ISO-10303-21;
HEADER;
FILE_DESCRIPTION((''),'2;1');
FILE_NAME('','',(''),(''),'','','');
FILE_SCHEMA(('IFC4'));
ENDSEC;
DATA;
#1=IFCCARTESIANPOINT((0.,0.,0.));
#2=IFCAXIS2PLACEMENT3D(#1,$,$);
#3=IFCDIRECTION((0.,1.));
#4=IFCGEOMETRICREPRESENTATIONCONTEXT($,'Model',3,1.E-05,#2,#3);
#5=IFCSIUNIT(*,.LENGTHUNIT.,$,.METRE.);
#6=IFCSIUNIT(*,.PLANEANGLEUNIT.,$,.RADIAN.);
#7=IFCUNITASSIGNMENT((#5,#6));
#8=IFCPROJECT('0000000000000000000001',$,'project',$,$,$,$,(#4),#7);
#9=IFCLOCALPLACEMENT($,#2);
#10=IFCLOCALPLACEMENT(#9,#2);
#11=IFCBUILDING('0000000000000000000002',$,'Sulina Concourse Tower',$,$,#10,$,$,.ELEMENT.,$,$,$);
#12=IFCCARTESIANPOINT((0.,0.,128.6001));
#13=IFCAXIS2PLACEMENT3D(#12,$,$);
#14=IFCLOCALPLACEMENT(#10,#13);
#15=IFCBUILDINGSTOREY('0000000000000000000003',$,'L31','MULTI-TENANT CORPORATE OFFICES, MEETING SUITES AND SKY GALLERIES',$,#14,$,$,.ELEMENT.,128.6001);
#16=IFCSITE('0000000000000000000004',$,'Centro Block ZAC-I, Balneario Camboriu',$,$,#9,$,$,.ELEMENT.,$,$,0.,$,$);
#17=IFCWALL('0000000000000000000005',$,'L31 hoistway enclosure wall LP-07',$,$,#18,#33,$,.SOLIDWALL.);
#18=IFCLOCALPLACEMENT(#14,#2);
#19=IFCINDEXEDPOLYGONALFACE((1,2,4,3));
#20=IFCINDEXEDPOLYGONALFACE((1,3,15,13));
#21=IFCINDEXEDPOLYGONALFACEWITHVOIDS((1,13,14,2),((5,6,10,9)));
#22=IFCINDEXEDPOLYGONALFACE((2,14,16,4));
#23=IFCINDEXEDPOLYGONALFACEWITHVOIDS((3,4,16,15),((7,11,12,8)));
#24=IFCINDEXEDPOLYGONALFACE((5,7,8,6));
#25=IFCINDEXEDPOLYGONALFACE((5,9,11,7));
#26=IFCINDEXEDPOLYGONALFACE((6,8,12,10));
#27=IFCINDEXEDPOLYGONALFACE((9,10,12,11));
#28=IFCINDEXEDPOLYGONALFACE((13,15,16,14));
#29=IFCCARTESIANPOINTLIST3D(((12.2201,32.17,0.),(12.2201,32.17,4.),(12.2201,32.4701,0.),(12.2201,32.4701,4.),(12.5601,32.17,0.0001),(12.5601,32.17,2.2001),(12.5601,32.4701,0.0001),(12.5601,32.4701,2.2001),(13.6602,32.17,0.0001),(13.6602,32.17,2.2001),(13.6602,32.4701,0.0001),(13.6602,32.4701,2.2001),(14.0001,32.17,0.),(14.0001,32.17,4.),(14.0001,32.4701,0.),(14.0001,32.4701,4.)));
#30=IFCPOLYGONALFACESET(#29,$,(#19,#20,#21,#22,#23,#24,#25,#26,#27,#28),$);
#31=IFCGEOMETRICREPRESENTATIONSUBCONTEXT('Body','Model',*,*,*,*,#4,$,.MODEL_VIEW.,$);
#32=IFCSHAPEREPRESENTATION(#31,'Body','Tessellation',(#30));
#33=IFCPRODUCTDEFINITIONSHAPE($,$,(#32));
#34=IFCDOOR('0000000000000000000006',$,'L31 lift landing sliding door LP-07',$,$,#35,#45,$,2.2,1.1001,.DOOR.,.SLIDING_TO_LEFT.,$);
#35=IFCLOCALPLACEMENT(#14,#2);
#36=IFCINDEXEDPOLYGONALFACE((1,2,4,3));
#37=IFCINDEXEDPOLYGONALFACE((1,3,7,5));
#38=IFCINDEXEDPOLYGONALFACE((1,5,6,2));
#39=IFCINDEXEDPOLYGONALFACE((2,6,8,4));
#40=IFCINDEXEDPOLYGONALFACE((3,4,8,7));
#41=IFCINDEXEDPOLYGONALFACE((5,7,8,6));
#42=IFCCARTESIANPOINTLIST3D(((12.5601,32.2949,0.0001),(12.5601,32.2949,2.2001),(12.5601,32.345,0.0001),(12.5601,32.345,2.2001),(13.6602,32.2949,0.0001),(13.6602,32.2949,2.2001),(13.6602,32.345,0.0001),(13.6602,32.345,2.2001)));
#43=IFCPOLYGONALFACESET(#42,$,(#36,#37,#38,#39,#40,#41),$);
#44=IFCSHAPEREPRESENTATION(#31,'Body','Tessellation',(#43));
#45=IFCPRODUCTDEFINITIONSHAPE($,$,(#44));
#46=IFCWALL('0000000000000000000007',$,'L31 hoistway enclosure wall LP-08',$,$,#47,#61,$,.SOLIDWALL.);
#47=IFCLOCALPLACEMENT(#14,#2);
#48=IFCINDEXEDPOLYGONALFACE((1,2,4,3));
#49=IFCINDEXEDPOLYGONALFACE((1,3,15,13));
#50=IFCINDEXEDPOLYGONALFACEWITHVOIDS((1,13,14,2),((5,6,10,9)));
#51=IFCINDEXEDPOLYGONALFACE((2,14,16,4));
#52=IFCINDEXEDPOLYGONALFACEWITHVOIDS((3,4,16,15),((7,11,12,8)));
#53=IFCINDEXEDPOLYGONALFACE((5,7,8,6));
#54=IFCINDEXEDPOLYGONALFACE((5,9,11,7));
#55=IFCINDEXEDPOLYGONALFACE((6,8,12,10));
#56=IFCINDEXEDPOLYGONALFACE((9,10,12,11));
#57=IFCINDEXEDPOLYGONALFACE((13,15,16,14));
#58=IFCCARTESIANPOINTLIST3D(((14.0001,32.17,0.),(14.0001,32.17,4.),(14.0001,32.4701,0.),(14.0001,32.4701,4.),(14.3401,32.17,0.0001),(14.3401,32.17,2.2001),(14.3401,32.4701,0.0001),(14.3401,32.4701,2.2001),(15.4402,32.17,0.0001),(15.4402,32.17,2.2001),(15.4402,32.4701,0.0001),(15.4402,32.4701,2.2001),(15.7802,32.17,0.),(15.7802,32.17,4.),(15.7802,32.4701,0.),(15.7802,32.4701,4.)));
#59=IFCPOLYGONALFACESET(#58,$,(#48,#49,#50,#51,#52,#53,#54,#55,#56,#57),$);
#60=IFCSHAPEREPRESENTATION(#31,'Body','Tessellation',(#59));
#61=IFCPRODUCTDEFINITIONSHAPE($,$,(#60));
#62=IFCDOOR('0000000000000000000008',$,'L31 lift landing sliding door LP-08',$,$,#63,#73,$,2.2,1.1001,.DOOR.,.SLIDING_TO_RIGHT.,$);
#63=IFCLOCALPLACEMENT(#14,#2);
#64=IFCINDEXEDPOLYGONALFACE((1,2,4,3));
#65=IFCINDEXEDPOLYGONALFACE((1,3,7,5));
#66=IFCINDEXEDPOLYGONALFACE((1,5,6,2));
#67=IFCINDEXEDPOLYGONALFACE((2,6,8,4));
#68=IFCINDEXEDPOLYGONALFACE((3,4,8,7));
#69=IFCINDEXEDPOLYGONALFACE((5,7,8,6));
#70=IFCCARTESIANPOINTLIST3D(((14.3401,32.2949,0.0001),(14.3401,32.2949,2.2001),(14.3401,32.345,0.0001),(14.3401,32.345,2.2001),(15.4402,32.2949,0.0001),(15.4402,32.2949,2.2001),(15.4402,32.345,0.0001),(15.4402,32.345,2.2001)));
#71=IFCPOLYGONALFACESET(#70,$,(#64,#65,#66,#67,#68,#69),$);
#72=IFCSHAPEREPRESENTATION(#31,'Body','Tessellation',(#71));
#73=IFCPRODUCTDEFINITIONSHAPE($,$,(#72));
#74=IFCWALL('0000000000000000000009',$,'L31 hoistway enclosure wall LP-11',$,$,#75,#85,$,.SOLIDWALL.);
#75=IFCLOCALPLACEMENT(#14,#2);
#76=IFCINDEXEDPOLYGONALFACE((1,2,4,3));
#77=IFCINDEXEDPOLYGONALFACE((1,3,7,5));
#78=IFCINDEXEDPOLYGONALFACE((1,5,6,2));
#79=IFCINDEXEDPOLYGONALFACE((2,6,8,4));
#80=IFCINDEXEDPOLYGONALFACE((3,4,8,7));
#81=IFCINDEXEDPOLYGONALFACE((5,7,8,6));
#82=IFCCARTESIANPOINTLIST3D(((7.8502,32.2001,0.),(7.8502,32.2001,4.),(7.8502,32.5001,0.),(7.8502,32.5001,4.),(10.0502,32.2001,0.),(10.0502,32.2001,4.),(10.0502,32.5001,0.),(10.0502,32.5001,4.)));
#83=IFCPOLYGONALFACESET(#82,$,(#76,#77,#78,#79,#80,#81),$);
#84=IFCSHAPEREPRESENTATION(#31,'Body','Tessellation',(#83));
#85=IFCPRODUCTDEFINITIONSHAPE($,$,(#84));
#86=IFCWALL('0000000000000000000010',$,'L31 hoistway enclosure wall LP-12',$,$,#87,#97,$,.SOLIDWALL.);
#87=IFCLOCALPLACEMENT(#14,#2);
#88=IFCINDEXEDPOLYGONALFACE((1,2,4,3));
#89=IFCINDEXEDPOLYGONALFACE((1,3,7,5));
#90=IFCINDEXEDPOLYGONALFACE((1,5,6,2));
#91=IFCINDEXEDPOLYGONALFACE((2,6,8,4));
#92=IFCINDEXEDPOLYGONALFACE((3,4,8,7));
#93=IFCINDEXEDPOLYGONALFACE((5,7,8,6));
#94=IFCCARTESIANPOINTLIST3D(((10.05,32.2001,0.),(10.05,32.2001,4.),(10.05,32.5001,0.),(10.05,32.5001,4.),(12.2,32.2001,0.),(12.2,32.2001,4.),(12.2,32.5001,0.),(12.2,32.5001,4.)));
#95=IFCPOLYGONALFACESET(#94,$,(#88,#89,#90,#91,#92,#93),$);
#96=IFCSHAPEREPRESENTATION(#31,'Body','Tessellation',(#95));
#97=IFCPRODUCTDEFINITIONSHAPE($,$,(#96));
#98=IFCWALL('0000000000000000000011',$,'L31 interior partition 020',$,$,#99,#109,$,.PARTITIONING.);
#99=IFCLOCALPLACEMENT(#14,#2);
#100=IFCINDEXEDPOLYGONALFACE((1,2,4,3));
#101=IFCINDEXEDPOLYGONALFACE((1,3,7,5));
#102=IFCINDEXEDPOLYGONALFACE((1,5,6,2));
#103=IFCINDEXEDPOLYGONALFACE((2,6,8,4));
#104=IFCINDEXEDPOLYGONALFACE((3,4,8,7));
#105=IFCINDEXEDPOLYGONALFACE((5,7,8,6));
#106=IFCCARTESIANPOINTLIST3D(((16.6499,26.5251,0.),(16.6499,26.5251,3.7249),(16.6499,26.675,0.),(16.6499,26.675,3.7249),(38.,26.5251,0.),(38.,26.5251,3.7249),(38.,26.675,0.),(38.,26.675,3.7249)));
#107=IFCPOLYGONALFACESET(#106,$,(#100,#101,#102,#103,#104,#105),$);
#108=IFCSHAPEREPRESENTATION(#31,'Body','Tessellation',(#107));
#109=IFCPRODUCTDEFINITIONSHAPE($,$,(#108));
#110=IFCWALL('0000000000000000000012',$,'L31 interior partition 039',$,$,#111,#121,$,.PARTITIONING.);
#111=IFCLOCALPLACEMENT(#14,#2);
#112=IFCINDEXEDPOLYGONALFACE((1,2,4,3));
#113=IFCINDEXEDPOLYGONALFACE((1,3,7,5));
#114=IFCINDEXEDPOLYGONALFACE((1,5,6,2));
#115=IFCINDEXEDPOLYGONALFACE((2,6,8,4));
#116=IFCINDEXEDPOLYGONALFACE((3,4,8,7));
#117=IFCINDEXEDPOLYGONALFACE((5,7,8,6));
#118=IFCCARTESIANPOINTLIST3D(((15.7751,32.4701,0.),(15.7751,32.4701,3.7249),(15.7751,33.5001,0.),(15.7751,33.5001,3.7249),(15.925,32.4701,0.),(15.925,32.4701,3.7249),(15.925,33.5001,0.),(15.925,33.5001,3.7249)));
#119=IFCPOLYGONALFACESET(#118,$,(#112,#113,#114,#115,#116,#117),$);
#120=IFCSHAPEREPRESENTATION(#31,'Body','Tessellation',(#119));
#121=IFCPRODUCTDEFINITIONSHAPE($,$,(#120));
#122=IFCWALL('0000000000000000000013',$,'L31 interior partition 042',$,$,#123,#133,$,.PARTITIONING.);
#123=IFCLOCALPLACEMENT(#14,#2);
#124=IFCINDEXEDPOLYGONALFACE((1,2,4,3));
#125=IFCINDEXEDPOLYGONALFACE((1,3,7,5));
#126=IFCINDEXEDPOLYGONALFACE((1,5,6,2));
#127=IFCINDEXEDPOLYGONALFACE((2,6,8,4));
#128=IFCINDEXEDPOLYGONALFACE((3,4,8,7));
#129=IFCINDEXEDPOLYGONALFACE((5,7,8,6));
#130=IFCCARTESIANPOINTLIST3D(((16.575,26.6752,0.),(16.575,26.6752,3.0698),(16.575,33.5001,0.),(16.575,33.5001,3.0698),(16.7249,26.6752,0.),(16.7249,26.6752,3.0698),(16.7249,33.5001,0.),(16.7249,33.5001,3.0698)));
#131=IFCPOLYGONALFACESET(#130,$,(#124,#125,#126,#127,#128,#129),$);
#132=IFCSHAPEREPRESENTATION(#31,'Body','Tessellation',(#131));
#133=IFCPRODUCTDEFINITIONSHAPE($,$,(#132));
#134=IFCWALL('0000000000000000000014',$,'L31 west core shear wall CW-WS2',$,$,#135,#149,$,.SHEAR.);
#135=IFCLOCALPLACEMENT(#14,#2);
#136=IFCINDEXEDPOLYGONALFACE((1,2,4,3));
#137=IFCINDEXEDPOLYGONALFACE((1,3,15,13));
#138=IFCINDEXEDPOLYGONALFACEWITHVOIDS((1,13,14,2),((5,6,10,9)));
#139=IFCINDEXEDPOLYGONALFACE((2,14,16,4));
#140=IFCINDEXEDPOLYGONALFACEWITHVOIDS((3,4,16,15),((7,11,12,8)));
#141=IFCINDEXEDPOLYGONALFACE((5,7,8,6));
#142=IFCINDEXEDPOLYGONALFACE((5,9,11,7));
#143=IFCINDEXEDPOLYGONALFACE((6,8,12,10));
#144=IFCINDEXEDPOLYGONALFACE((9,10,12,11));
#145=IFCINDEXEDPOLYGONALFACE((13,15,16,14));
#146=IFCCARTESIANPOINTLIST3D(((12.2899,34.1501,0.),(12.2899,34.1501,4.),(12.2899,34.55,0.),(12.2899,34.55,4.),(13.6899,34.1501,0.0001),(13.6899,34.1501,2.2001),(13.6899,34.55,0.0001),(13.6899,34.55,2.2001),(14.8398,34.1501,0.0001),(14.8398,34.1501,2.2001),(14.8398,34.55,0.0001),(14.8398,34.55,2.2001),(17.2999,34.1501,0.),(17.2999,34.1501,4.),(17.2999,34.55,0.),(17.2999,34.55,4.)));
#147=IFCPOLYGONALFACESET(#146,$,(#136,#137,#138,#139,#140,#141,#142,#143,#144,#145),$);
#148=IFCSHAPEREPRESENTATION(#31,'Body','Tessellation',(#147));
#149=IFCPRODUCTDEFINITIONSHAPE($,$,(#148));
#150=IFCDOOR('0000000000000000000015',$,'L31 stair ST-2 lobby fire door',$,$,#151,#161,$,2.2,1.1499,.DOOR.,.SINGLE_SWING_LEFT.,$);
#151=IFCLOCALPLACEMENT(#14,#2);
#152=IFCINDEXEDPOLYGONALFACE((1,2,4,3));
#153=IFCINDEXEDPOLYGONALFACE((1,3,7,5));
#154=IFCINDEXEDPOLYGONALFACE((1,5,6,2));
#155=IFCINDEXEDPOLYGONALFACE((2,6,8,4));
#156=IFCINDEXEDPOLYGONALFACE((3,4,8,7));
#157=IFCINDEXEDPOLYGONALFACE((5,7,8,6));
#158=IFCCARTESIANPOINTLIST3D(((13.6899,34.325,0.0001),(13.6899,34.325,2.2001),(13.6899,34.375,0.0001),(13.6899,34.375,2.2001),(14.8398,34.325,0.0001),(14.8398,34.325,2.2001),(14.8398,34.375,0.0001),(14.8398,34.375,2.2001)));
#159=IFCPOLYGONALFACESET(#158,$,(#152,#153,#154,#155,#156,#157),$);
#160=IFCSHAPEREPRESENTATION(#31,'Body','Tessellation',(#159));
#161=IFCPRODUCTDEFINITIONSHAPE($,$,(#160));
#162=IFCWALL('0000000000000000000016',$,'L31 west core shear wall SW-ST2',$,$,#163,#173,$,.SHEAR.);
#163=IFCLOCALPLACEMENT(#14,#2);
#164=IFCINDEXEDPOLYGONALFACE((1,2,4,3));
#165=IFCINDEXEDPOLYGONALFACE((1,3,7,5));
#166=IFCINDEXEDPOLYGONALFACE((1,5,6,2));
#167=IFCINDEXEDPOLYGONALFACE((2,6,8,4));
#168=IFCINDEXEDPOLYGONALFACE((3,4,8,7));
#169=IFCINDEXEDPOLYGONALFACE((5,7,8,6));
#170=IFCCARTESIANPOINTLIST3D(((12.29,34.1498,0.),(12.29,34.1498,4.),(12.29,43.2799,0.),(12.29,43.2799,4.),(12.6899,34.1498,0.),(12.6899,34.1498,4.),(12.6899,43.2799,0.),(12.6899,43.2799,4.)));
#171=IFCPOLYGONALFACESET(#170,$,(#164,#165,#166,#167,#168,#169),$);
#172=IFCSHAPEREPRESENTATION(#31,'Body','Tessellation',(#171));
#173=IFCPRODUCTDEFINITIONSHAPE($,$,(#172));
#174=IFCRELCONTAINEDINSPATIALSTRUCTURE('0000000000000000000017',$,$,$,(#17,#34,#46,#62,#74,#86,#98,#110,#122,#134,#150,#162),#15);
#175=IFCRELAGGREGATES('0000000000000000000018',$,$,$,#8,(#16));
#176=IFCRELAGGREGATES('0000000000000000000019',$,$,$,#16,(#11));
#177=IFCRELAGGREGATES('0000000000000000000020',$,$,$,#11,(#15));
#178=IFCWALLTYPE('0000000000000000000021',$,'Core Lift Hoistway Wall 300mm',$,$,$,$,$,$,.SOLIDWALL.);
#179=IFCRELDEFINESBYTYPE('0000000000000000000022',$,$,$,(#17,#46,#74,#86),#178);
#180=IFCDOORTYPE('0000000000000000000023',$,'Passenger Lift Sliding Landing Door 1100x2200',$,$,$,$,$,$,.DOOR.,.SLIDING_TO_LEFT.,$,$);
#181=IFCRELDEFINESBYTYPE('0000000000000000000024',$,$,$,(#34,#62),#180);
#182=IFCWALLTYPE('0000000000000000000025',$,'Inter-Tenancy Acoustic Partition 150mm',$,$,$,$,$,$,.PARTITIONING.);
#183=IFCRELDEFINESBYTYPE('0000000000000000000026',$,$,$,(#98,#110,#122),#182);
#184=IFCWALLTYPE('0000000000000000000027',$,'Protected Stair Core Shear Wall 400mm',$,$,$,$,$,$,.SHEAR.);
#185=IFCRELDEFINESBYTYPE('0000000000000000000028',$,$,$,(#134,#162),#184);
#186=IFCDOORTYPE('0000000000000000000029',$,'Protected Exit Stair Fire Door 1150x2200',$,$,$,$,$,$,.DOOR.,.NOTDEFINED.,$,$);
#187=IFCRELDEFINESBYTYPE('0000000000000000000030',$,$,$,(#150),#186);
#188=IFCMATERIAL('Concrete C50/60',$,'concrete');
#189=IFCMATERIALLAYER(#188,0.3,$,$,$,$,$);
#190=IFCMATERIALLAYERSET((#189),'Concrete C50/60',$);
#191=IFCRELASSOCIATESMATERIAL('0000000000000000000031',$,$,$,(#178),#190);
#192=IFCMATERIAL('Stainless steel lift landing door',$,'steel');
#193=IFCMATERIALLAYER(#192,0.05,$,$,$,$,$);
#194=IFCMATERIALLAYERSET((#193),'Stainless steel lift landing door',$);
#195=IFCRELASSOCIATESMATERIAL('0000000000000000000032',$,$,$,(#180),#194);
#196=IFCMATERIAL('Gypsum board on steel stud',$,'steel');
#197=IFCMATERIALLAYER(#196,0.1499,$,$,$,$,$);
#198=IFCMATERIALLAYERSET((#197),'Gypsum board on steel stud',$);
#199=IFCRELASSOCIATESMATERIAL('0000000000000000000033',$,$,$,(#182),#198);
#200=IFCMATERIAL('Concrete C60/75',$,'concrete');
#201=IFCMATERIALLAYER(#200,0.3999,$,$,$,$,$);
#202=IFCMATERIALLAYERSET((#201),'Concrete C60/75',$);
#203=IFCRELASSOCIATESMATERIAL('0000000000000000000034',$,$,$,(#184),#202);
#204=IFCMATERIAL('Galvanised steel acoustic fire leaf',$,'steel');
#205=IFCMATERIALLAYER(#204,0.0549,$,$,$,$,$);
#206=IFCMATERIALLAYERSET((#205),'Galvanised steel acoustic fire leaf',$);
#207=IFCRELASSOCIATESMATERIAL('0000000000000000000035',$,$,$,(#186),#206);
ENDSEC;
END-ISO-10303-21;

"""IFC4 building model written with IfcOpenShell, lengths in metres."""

from ifc_helpers import new_model, si_unit, direction, frame, frame_2d, origin, place, context, subcontext, project, spatial, rectangle, extrude, material, layer, layer_set, type_object, element, fill, save


model = new_model("IFC4")

# Units and contexts
model_context = context("Model", 3, precision=1e-05, world=origin(), true_north=direction((0.0, 1.0)))
body_context = subcontext(model_context, "Body", "Model", "MODEL_VIEW")
ifc_project = project(units=[si_unit("LENGTHUNIT", "METRE"), si_unit("PLANEANGLEUNIT", "RADIAN")], contexts=[model_context])

# Site, building, storey
site_placement = place(None, origin())
site = spatial("IfcSite", under=ifc_project, at=site_placement, Name="Centro Block ZAC-I, Balneario Camboriu", CompositionType="ELEMENT", RefElevation=0.0)
building_placement = place(site_placement, origin())
building = spatial("IfcBuilding", under=site, at=building_placement, Name="Sulina Concourse Tower", CompositionType="ELEMENT")
storey_placement = place(building_placement, frame((0.0, 0.0, 128.6001)))
storey = spatial("IfcBuildingStorey", under=building, at=storey_placement, Name="L31", Description="MULTI-TENANT CORPORATE OFFICES, MEETING SUITES AND SKY GALLERIES", CompositionType="ELEMENT", Elevation=128.6001)

# Walls, openings, doors
ifc_material_1 = material(Name="Concrete C50/60", Category="concrete")
ifc_layer_1 = layer(ifc_material_1, 0.3)
ifc_layer_set_1 = layer_set([ifc_layer_1], Name="Concrete C50/60")
wall_type_1 = type_object("IfcWallType", Name="Core Lift Hoistway Wall 300mm", PredefinedType="SOLIDWALL", material=ifc_layer_set_1)
ifc_material_2 = material(Name="Stainless steel lift landing door", Category="steel")
ifc_layer_2 = layer(ifc_material_2, 0.05)
ifc_layer_set_2 = layer_set([ifc_layer_2], Name="Stainless steel lift landing door")
door_type_1 = type_object("IfcDoorType", Name="Passenger Lift Sliding Landing Door 1100x2200", OperationType="SLIDING_TO_LEFT", PredefinedType="DOOR", material=ifc_layer_set_2)
wall_1_placement = place(storey_placement, frame((12.22, 32.3201, 0.0), z_axis=(0.0, 0.0, 1.0), x_axis=(1.0, 0.0, 0.0)))
wall_1 = element("IfcWall", 1, at=wall_1_placement, inside=storey, type_object=wall_type_1, Name="L31 hoistway enclosure wall LP-07", PredefinedType="SOLIDWALL", context=body_context, shape_type="SweptSolid", body=[
    extrude(rectangle(XDim=1.78, YDim=0.3, at=frame_2d((0.8901, 0.0))), origin(), (0.0, 0.0, 1.0), 4.0),
])
opening_1_placement = place(wall_1_placement, frame((0.3401, 0.0, 0.0)))
opening_1 = element("IfcOpeningElement", 2, at=opening_1_placement, cuts=wall_1, PredefinedType="OPENING", context=body_context, shape_type="SweptSolid", body=[
    extrude(rectangle(XDim=1.1001, YDim=2.2, at=frame_2d((0.55, 1.1001))), frame((0.0, 0.1599, 0.0), z_axis=(0.0, -1.0, 0.0), x_axis=(1.0, 0.0, 0.0)), (0.0, 0.0, 1.0), 0.3201),
])
door_1_placement = place(opening_1_placement, origin())
door_1 = element("IfcDoor", 3, at=door_1_placement, inside=storey, type_object=door_type_1, Name="L31 lift landing sliding door LP-07", OperationType="SLIDING_TO_LEFT", OverallHeight=2.2, OverallWidth=1.1001, PredefinedType="DOOR", context=body_context, shape_type="SweptSolid", body=[
    extrude(rectangle(XDim=1.1001, YDim=2.2, at=frame_2d((0.55, 1.1001))), frame((0.0, 0.0249, 0.0), z_axis=(0.0, -1.0, 0.0), x_axis=(1.0, 0.0, 0.0)), (0.0, 0.0, 1.0), 0.05),
])
fill(opening_1, door_1)
wall_2_placement = place(storey_placement, frame((14.0, 32.3201, 0.0), z_axis=(0.0, 0.0, 1.0), x_axis=(1.0, 0.0, 0.0)))
wall_2 = element("IfcWall", 4, at=wall_2_placement, inside=storey, type_object=wall_type_1, Name="L31 hoistway enclosure wall LP-08", PredefinedType="SOLIDWALL", context=body_context, shape_type="SweptSolid", body=[
    extrude(rectangle(XDim=1.78, YDim=0.3, at=frame_2d((0.8901, 0.0))), origin(), (0.0, 0.0, 1.0), 4.0),
])
opening_2_placement = place(wall_2_placement, frame((0.3401, 0.0, 0.0)))
opening_2 = element("IfcOpeningElement", 5, at=opening_2_placement, cuts=wall_2, PredefinedType="OPENING", context=body_context, shape_type="SweptSolid", body=[
    extrude(rectangle(XDim=1.1001, YDim=2.2, at=frame_2d((0.55, 1.1001))), frame((0.0, 0.1599, 0.0), z_axis=(0.0, -1.0, 0.0), x_axis=(1.0, 0.0, 0.0)), (0.0, 0.0, 1.0), 0.3201),
])
door_2_placement = place(opening_2_placement, origin())
door_2 = element("IfcDoor", 6, at=door_2_placement, inside=storey, type_object=door_type_1, Name="L31 lift landing sliding door LP-08", OperationType="SLIDING_TO_RIGHT", OverallHeight=2.2, OverallWidth=1.1001, PredefinedType="DOOR", context=body_context, shape_type="SweptSolid", body=[
    extrude(rectangle(XDim=1.1001, YDim=2.2, at=frame_2d((0.55, 1.1001))), frame((0.0, 0.0249, 0.0), z_axis=(0.0, -1.0, 0.0), x_axis=(1.0, 0.0, 0.0)), (0.0, 0.0, 1.0), 0.05),
])
fill(opening_2, door_2)

# Walls
wall_3_placement = place(storey_placement, frame((7.8501, 32.3501, 0.0), z_axis=(0.0, 0.0, 1.0), x_axis=(1.0, 0.0, 0.0)))
element("IfcWall", 7, at=wall_3_placement, inside=storey, type_object=wall_type_1, Name="L31 hoistway enclosure wall LP-11", PredefinedType="SOLIDWALL", context=body_context, shape_type="SweptSolid", body=[
    extrude(rectangle(XDim=2.2, YDim=0.3, at=frame_2d((1.1001, 0.0))), origin(), (0.0, 0.0, 1.0), 4.0),
])
wall_4_placement = place(storey_placement, frame((10.05, 32.3501, 0.0), z_axis=(0.0, 0.0, 1.0), x_axis=(1.0, 0.0, 0.0)))
element("IfcWall", 8, at=wall_4_placement, inside=storey, type_object=wall_type_1, Name="L31 hoistway enclosure wall LP-12", PredefinedType="SOLIDWALL", context=body_context, shape_type="SweptSolid", body=[
    extrude(rectangle(XDim=2.1499, YDim=0.3, at=frame_2d((1.075, 0.0))), origin(), (0.0, 0.0, 1.0), 4.0),
])
ifc_material_3 = material(Name="Gypsum board on steel stud", Category="steel")
ifc_layer_3 = layer(ifc_material_3, 0.1499)
ifc_layer_set_3 = layer_set([ifc_layer_3], Name="Gypsum board on steel stud")
wall_type_2 = type_object("IfcWallType", Name="Inter-Tenancy Acoustic Partition 150mm", PredefinedType="PARTITIONING", material=ifc_layer_set_3)
wall_5_placement = place(storey_placement, frame((16.6499, 26.6001, 0.0), z_axis=(0.0, 0.0, 1.0), x_axis=(1.0, 0.0, 0.0)))
element("IfcWall", 9, at=wall_5_placement, inside=storey, type_object=wall_type_2, Name="L31 interior partition 020", PredefinedType="PARTITIONING", context=body_context, shape_type="SweptSolid", body=[
    extrude(rectangle(XDim=21.3501, YDim=0.1499, at=frame_2d((10.675, 0.0))), origin(), (0.0, 0.0, 1.0), 3.7249),
])
wall_6_placement = place(storey_placement, frame((15.8501, 32.47, 0.0), z_axis=(0.0, 0.0, 1.0), x_axis=(0.0, 1.0, 0.0)))
element("IfcWall", 10, at=wall_6_placement, inside=storey, type_object=wall_type_2, Name="L31 interior partition 039", PredefinedType="PARTITIONING", context=body_context, shape_type="SweptSolid", body=[
    extrude(rectangle(XDim=1.03, YDim=0.1499, at=frame_2d((0.5151, 0.0))), origin(), (0.0, 0.0, 1.0), 3.7249),
])
wall_7_placement = place(storey_placement, frame((16.6499, 26.675, 0.0), z_axis=(0.0, 0.0, 1.0), x_axis=(0.0, 1.0, 0.0)))
element("IfcWall", 11, at=wall_7_placement, inside=storey, type_object=wall_type_2, Name="L31 interior partition 042", PredefinedType="PARTITIONING", context=body_context, shape_type="SweptSolid", body=[
    extrude(rectangle(XDim=6.825, YDim=0.1499, at=frame_2d((3.4126, 0.0))), origin(), (0.0, 0.0, 1.0), 3.0698),
])

# Wall, opening, door
ifc_material_4 = material(Name="Concrete C60/75", Category="concrete")
ifc_layer_4 = layer(ifc_material_4, 0.3999)
ifc_layer_set_4 = layer_set([ifc_layer_4], Name="Concrete C60/75")
wall_type_3 = type_object("IfcWallType", Name="Protected Stair Core Shear Wall 400mm", PredefinedType="SHEAR", material=ifc_layer_set_4)
wall_8_placement = place(storey_placement, frame((12.29, 34.3501, 0.0), z_axis=(0.0, 0.0, 1.0), x_axis=(1.0, 0.0, 0.0)))
wall_8 = element("IfcWall", 12, at=wall_8_placement, inside=storey, type_object=wall_type_3, Name="L31 west core shear wall CW-WS2", PredefinedType="SHEAR", context=body_context, shape_type="SweptSolid", body=[
    extrude(rectangle(XDim=5.01, YDim=0.3999, at=frame_2d((2.5049, 0.0))), origin(), (0.0, 0.0, 1.0), 4.0),
])
opening_3_placement = place(wall_8_placement, frame((1.3999, 0.0, 0.0)))
opening_3 = element("IfcOpeningElement", 13, at=opening_3_placement, cuts=wall_8, PredefinedType="OPENING", context=body_context, shape_type="SweptSolid", body=[
    extrude(rectangle(XDim=1.1499, YDim=2.2, at=frame_2d((0.575, 1.1001))), frame((0.0, 0.21, 0.0), z_axis=(0.0, -1.0, 0.0), x_axis=(1.0, 0.0, 0.0)), (0.0, 0.0, 1.0), 0.4199),
])
ifc_material_5 = material(Name="Galvanised steel acoustic fire leaf", Category="steel")
ifc_layer_5 = layer(ifc_material_5, 0.0549)
ifc_layer_set_5 = layer_set([ifc_layer_5], Name="Galvanised steel acoustic fire leaf")
door_type_2 = type_object("IfcDoorType", Name="Protected Exit Stair Fire Door 1150x2200", OperationType="NOTDEFINED", PredefinedType="DOOR", material=ifc_layer_set_5)
door_3_placement = place(opening_3_placement, origin())
door_3 = element("IfcDoor", 14, at=door_3_placement, inside=storey, type_object=door_type_2, Name="L31 stair ST-2 lobby fire door", OperationType="SINGLE_SWING_LEFT", OverallHeight=2.2, OverallWidth=1.1499, PredefinedType="DOOR", context=body_context, shape_type="SweptSolid", body=[
    extrude(rectangle(XDim=1.1499, YDim=2.2, at=frame_2d((0.575, 1.1001))), frame((0.0, 0.0249, 0.0), z_axis=(0.0, -1.0, 0.0), x_axis=(1.0, 0.0, 0.0)), (0.0, 0.0, 1.0), 0.05),
])
fill(opening_3, door_3)

# Wall
wall_9_placement = place(storey_placement, frame((12.49, 34.1499, 0.0), z_axis=(0.0, 0.0, 1.0), x_axis=(0.0, 1.0, 0.0)))
element("IfcWall", 15, at=wall_9_placement, inside=storey, type_object=wall_type_3, Name="L31 west core shear wall SW-ST2", PredefinedType="SHEAR", context=body_context, shape_type="SweptSolid", body=[
    extrude(rectangle(XDim=9.1301, YDim=0.3999, at=frame_2d((4.5649, 0.0))), origin(), (0.0, 0.0, 1.0), 4.0),
])

save(model, "model.ifc")
